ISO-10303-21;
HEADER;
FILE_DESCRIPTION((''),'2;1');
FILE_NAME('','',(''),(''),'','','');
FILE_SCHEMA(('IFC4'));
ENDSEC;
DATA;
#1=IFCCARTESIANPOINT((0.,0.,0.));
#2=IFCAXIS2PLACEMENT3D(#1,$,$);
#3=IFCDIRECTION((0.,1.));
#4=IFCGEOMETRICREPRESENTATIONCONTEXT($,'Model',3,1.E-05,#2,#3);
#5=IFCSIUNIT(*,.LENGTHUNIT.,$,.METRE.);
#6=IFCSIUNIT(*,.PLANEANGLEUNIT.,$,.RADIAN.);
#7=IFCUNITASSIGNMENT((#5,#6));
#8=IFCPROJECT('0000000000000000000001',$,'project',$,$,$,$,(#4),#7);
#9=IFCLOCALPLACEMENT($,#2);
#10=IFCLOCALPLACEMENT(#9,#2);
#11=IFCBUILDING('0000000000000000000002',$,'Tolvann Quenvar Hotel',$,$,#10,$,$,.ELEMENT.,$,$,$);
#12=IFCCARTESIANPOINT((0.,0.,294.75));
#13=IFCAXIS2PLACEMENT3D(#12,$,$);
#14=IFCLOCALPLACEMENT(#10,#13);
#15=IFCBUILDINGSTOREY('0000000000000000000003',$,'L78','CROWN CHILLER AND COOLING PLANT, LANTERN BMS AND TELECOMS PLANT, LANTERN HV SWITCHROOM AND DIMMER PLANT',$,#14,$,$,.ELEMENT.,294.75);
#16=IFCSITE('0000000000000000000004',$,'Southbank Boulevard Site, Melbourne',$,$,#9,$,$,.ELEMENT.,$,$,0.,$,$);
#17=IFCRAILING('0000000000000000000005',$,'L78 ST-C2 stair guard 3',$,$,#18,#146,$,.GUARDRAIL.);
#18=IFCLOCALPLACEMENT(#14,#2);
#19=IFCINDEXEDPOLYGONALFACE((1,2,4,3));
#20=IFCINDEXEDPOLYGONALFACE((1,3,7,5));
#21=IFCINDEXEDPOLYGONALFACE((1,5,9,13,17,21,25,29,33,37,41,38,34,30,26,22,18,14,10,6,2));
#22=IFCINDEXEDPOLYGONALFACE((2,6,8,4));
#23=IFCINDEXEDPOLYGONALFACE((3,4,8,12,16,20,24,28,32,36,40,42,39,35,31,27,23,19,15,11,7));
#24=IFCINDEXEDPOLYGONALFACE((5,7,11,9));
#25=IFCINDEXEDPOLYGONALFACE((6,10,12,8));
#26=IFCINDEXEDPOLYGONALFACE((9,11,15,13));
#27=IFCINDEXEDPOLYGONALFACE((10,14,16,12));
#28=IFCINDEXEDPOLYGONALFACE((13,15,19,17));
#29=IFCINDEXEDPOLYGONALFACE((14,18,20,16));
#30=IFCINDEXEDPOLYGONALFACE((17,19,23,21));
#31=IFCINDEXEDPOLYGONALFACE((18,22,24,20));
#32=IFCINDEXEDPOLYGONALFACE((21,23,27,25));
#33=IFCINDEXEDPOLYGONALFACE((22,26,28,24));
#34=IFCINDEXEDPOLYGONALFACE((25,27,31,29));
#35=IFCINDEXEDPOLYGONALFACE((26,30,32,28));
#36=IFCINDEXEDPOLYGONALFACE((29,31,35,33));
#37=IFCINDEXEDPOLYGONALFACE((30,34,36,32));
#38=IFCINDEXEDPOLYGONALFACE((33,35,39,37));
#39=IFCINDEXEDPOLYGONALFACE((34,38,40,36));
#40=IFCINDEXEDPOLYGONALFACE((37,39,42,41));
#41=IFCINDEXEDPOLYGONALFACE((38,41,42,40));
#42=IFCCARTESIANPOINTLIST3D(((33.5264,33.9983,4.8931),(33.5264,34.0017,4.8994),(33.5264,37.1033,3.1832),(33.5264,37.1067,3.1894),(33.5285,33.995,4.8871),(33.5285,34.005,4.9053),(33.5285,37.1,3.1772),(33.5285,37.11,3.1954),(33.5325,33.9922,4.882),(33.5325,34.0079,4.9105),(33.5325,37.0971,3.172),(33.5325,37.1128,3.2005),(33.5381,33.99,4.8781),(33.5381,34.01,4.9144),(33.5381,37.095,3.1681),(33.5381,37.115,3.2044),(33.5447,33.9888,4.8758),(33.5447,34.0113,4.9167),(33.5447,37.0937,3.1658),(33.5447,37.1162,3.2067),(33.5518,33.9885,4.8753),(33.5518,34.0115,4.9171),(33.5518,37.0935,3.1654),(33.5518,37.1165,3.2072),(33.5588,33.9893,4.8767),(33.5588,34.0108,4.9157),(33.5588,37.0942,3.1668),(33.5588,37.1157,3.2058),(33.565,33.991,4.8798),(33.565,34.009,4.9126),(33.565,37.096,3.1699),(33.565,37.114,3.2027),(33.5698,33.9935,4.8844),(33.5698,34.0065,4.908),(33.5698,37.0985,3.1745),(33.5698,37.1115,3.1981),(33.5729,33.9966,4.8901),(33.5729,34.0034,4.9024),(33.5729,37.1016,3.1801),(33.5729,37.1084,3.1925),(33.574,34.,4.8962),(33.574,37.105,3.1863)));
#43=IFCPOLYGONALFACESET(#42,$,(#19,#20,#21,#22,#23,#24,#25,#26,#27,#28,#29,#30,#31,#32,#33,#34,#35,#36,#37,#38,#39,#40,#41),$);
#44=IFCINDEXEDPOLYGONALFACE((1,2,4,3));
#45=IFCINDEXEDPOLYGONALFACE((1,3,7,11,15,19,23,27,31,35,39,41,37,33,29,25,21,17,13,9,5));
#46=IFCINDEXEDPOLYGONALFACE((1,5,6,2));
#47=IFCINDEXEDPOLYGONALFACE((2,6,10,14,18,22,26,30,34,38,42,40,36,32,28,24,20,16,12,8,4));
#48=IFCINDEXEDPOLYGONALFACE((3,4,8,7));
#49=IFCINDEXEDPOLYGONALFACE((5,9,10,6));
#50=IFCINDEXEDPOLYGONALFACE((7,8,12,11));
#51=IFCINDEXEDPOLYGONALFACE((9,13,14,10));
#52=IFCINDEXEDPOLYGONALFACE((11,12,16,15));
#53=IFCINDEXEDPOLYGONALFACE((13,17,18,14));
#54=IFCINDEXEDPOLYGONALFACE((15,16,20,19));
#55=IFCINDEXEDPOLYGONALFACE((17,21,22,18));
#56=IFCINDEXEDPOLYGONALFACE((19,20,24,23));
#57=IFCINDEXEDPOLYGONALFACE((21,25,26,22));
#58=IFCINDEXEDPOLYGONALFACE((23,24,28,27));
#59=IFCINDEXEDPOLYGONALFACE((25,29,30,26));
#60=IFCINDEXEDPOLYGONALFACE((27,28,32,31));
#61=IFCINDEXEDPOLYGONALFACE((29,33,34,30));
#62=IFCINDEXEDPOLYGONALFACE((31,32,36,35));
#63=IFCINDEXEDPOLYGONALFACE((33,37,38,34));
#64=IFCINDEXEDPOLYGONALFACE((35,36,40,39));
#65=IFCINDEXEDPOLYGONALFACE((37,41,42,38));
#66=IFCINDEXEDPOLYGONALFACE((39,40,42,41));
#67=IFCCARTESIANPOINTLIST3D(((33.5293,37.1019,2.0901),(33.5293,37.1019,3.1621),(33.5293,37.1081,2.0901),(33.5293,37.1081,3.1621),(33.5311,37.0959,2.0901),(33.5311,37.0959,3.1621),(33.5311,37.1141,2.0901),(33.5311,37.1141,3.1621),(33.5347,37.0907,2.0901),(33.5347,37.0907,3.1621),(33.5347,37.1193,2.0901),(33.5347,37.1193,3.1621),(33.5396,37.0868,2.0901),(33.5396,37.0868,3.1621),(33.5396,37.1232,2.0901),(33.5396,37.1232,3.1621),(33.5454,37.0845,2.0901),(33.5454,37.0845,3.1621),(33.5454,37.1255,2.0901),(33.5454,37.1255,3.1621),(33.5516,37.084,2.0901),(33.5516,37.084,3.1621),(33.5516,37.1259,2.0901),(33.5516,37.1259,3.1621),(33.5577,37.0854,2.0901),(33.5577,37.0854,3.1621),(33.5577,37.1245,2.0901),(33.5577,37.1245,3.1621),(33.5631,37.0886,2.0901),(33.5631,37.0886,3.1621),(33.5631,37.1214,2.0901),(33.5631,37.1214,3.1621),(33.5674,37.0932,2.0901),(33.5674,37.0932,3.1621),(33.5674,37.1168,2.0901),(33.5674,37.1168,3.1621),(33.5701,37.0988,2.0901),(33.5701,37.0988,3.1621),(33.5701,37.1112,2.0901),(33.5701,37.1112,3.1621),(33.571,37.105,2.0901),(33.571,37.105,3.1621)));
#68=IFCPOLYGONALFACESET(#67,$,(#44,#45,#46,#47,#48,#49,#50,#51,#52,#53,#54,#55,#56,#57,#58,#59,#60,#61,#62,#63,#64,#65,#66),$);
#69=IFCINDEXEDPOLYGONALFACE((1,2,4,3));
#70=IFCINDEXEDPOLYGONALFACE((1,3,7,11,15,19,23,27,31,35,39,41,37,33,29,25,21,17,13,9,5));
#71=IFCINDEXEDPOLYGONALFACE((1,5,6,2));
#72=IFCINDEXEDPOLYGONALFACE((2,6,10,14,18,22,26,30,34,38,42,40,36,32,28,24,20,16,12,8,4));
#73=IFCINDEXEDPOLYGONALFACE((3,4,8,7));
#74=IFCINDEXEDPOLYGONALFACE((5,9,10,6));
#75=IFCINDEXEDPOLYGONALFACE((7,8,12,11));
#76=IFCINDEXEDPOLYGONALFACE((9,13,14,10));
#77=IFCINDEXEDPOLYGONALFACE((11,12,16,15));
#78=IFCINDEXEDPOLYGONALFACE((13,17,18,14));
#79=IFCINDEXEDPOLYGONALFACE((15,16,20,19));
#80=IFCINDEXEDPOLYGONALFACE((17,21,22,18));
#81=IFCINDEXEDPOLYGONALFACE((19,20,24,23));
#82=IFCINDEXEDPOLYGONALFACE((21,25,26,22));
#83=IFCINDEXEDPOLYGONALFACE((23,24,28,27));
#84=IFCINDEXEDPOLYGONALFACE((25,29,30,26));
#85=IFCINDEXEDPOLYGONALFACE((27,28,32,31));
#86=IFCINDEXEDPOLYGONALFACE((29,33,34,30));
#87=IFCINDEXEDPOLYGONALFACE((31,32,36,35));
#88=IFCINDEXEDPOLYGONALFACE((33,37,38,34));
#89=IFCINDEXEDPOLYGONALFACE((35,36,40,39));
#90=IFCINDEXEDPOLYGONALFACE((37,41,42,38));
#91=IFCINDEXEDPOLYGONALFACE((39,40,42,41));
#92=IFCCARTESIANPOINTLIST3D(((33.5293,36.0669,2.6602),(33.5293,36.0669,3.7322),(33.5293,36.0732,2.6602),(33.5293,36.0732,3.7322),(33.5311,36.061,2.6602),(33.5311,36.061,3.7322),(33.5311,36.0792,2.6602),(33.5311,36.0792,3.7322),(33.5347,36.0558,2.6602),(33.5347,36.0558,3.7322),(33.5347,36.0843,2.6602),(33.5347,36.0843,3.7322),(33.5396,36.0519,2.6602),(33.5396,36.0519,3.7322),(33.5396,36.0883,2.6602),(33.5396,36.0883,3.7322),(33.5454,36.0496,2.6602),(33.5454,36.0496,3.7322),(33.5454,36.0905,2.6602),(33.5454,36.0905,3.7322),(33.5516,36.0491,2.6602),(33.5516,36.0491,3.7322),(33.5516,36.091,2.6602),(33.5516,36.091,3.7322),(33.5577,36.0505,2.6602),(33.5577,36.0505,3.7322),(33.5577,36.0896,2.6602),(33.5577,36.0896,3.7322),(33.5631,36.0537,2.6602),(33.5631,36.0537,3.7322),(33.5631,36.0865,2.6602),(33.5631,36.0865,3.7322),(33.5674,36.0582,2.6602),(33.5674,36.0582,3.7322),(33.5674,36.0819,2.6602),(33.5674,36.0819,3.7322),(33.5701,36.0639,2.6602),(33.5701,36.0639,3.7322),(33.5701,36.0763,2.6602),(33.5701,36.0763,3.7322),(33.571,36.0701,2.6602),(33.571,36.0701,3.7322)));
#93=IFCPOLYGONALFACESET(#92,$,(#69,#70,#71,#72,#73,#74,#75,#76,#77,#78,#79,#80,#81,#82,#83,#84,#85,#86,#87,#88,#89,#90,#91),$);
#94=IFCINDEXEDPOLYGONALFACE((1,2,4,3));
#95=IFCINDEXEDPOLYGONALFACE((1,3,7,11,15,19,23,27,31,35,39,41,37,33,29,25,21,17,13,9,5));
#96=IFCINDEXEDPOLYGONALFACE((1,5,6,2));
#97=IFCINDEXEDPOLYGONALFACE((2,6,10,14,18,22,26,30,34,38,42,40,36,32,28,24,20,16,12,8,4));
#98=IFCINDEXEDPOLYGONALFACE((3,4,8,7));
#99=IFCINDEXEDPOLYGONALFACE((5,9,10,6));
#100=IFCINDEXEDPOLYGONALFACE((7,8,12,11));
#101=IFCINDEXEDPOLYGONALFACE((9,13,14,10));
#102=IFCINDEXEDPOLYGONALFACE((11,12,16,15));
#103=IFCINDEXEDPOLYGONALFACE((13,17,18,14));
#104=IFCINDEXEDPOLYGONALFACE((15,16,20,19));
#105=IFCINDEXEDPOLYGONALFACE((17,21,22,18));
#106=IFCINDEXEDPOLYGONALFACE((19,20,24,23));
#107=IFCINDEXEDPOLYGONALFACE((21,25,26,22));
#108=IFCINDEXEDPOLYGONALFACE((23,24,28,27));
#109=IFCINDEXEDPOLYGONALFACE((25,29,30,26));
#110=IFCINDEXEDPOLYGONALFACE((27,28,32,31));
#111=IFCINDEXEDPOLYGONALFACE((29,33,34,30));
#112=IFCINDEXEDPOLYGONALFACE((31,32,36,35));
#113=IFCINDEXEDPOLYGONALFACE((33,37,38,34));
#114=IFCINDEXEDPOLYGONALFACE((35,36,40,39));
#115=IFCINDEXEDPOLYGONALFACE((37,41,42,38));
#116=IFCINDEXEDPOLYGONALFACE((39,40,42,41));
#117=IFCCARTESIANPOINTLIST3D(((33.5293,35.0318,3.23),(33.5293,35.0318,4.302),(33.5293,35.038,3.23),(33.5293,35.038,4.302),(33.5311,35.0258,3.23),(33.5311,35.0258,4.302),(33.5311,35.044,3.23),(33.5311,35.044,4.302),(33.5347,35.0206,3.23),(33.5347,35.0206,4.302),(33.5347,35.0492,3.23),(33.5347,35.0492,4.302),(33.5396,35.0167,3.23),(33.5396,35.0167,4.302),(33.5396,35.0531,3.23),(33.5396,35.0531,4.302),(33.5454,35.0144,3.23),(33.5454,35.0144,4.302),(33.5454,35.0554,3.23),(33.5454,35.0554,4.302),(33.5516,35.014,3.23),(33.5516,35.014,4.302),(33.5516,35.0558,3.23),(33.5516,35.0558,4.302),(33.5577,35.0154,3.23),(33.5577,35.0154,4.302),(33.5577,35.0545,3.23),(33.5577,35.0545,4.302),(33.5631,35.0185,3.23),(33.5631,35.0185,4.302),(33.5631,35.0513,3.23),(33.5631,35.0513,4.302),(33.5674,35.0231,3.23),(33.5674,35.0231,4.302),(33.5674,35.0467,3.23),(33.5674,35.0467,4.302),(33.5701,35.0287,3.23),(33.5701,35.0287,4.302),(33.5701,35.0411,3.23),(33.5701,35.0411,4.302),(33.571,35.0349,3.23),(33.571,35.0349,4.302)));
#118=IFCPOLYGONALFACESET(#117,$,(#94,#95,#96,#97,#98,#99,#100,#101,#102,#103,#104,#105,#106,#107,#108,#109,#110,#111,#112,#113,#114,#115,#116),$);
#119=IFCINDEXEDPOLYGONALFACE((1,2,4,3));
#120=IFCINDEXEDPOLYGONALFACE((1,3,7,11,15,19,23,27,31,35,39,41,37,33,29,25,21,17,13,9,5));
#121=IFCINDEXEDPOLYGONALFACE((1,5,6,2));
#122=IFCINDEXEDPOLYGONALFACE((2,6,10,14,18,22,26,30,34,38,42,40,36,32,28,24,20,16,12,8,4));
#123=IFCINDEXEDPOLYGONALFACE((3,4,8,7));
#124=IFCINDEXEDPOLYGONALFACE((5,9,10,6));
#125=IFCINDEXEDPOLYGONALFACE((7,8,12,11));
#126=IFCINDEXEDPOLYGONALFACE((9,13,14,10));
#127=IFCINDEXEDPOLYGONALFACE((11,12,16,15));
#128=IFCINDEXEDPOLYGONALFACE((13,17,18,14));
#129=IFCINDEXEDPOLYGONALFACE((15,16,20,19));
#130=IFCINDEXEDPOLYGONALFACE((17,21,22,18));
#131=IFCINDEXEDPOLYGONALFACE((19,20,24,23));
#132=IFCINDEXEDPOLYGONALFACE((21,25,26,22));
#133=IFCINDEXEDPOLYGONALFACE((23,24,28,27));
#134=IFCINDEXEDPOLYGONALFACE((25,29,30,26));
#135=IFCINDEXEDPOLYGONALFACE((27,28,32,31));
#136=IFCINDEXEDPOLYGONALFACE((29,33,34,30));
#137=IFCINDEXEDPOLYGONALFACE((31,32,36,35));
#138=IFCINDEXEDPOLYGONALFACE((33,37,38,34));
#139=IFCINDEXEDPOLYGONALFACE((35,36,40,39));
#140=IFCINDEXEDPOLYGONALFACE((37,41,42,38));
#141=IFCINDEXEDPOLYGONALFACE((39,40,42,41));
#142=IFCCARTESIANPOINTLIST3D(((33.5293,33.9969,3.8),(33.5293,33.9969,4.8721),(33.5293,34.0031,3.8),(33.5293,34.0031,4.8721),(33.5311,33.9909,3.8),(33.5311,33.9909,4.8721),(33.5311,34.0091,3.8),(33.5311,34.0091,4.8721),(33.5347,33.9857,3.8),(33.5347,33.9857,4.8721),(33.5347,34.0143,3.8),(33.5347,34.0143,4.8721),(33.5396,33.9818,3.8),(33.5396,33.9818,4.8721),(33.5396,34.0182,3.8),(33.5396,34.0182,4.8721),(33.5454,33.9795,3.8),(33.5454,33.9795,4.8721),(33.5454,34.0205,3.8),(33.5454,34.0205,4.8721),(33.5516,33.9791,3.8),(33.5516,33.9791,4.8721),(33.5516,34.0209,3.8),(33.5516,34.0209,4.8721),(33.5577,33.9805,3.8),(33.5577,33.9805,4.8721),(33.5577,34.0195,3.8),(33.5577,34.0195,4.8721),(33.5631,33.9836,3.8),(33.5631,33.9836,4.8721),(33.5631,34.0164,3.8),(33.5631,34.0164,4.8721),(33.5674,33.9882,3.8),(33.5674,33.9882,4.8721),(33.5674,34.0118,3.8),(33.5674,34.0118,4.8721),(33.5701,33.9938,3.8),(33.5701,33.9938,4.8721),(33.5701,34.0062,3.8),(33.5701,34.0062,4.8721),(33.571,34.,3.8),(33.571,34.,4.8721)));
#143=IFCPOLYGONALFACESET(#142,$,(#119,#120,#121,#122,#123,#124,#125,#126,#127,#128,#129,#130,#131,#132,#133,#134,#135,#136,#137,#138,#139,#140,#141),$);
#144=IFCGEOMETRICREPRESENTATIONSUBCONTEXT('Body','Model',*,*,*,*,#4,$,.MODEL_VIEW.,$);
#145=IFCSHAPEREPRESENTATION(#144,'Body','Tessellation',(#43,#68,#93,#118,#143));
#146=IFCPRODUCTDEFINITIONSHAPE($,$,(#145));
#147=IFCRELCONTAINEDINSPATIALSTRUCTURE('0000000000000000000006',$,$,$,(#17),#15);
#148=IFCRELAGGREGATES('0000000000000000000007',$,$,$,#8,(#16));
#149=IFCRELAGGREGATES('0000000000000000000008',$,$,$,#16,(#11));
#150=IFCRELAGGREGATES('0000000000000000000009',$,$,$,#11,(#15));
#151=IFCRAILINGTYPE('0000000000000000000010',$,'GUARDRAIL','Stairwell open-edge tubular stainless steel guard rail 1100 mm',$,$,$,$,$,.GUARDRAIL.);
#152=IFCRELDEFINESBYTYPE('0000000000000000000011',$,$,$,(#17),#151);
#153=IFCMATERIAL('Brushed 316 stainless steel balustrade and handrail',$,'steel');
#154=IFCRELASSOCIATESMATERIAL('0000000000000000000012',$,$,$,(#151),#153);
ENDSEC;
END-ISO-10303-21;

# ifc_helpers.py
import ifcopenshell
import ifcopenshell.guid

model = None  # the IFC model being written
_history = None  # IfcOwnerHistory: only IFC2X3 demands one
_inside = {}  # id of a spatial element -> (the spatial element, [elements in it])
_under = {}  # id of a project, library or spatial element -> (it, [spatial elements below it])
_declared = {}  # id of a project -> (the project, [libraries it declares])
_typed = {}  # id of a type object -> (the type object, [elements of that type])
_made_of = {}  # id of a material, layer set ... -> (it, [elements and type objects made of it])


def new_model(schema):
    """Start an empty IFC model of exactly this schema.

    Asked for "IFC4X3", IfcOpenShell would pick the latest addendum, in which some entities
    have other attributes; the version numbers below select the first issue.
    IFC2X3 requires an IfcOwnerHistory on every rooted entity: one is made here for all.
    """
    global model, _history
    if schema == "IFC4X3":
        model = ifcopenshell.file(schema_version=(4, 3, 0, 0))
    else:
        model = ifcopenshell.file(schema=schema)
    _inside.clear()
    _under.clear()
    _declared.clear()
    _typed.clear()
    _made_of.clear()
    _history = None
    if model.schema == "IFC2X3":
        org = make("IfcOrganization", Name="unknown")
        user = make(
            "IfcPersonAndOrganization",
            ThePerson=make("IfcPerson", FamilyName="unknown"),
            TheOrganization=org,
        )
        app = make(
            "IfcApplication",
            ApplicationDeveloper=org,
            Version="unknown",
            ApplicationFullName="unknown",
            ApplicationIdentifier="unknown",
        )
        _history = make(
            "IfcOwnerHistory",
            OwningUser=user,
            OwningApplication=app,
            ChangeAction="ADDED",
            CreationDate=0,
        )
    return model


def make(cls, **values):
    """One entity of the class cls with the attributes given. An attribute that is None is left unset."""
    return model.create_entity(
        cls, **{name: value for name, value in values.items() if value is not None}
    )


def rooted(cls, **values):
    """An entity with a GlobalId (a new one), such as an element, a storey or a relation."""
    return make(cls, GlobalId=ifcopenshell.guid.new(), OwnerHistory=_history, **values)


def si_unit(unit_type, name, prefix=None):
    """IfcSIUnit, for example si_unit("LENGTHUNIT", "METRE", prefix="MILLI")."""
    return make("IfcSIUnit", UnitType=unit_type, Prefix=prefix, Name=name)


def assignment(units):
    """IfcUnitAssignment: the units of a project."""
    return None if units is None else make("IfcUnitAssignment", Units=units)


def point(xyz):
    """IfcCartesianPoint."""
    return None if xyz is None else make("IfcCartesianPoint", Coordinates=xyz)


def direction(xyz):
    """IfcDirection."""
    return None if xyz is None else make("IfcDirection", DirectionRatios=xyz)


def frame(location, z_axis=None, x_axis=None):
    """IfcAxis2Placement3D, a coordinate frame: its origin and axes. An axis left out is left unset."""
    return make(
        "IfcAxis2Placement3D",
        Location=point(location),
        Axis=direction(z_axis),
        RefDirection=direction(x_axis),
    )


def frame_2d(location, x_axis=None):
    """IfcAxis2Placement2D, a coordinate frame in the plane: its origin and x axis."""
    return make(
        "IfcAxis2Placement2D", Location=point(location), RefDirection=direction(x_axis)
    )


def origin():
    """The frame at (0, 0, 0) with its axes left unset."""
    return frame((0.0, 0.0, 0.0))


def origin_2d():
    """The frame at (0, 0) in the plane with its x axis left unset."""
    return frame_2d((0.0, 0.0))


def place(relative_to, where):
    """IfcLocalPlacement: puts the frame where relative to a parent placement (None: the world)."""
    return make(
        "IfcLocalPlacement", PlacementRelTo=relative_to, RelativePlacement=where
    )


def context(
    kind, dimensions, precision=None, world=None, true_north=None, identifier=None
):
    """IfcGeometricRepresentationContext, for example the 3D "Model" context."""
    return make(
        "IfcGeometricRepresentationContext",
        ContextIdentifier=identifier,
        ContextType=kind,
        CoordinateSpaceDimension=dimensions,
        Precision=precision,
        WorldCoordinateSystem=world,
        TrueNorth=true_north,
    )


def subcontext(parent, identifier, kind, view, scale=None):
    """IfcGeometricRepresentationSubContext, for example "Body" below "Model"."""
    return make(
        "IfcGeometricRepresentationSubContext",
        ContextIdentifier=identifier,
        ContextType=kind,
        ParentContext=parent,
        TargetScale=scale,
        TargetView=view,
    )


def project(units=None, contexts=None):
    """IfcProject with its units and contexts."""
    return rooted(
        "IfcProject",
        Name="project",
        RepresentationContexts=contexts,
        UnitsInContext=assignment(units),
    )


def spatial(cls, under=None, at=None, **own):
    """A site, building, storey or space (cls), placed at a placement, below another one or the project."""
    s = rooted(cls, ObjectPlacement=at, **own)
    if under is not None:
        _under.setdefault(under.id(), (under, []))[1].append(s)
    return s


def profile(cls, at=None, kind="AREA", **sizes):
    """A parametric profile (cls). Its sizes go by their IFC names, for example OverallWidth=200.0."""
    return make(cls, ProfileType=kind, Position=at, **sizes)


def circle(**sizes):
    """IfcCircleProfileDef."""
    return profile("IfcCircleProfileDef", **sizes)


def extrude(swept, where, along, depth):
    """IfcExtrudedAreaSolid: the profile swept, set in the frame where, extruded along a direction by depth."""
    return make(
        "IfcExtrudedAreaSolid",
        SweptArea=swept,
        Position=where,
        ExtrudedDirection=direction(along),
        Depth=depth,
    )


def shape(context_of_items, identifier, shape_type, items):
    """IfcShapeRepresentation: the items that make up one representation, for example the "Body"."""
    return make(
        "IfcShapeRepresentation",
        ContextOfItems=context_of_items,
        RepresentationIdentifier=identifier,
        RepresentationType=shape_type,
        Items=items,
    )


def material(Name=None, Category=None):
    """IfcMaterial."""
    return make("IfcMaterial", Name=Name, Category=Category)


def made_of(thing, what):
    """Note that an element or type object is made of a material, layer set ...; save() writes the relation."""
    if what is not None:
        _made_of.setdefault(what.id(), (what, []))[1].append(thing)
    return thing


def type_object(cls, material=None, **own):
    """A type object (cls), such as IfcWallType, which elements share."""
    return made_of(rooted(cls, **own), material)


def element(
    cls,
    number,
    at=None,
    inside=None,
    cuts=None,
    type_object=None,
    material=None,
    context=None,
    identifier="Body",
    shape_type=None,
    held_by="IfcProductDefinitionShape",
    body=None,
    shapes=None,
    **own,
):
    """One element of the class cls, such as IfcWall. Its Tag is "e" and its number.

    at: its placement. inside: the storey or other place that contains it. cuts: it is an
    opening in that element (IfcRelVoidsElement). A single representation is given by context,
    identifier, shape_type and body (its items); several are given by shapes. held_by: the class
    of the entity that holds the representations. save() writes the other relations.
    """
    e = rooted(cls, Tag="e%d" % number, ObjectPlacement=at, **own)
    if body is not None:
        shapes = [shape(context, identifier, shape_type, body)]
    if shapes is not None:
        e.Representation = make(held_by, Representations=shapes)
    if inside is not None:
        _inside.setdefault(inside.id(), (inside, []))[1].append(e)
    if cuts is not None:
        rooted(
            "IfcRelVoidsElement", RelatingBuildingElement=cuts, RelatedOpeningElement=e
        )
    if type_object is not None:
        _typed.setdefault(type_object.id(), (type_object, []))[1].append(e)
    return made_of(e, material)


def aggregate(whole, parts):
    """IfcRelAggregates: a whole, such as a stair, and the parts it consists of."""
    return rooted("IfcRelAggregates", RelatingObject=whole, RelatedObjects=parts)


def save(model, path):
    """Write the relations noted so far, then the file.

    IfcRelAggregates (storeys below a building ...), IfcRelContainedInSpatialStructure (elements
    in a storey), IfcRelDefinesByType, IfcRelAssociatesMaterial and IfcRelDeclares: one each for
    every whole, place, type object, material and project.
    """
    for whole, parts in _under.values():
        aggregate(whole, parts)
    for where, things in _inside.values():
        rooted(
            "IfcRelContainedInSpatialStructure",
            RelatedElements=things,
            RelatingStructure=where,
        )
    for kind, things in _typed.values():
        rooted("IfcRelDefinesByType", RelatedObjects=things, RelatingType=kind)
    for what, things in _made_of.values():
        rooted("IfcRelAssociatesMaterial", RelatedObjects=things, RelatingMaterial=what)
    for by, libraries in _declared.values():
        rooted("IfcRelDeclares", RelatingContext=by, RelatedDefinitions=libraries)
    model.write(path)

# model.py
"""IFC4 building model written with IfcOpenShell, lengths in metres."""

from ifc_helpers import new_model, si_unit, direction, frame, origin, origin_2d, place, context, subcontext, project, spatial, circle, extrude, material, type_object, element, save


model = new_model("IFC4")

# Units and contexts
model_context = context("Model", 3, precision=1e-05, world=origin(), true_north=direction((0.0, 1.0)))
body_context = subcontext(model_context, "Body", "Model", "MODEL_VIEW")
ifc_project = project(units=[si_unit("LENGTHUNIT", "METRE"), si_unit("PLANEANGLEUNIT", "RADIAN")], contexts=[model_context])

# Site, building, storey
site_placement = place(None, origin())
site = spatial("IfcSite", under=ifc_project, at=site_placement, Name="Southbank Boulevard Site, Melbourne", CompositionType="ELEMENT", RefElevation=0.0)
building_placement = place(site_placement, origin())
building = spatial("IfcBuilding", under=site, at=building_placement, Name="Tolvann Quenvar Hotel", CompositionType="ELEMENT")
storey_placement = place(building_placement, frame((0.0, 0.0, 294.75)))
storey = spatial("IfcBuildingStorey", under=building, at=storey_placement, Name="L78", Description="CROWN CHILLER AND COOLING PLANT, LANTERN BMS AND TELECOMS PLANT, LANTERN HV SWITCHROOM AND DIMMER PLANT", CompositionType="ELEMENT", Elevation=294.75)

# Railing
ifc_material_1 = material(Name="Brushed 316 stainless steel balustrade and handrail", Category="steel")
railing_type_1 = type_object("IfcRailingType", Name="GUARDRAIL", Description="Stairwell open-edge tubular stainless steel guard rail 1100 mm", PredefinedType="GUARDRAIL", material=ifc_material_1)
railing_1_placement = place(storey_placement, frame((33.55, 37.105, 2.0901)))
element("IfcRailing", 1, at=railing_1_placement, inside=storey, type_object=railing_type_1, Name="L78 ST-C2 stair guard 3", PredefinedType="GUARDRAIL", context=body_context, shape_type="SweptSolid", body=[
    extrude(circle(Radius=0.0239, at=origin_2d()), frame((0.0, 0.0, 1.0962), z_axis=(0.0, -0.875951, 0.4824), x_axis=(1.0, 0.0, 0.0)), (0.0, 0.0, 1.0), 3.5447),
    extrude(circle(Radius=0.021, at=origin_2d()), origin(), (0.0, 0.0, 1.0), 1.072),
    extrude(circle(Radius=0.021, at=origin_2d()), frame((0.0, -1.0349, 0.5701)), (0.0, 0.0, 1.0), 1.072),
    extrude(circle(Radius=0.021, at=origin_2d()), frame((0.0, -2.0701, 1.1399)), (0.0, 0.0, 1.0), 1.072),
    extrude(circle(Radius=0.021, at=origin_2d()), frame((0.0, -3.105, 1.71)), (0.0, 0.0, 1.0), 1.072),
])

save(model, "model.ifc")
